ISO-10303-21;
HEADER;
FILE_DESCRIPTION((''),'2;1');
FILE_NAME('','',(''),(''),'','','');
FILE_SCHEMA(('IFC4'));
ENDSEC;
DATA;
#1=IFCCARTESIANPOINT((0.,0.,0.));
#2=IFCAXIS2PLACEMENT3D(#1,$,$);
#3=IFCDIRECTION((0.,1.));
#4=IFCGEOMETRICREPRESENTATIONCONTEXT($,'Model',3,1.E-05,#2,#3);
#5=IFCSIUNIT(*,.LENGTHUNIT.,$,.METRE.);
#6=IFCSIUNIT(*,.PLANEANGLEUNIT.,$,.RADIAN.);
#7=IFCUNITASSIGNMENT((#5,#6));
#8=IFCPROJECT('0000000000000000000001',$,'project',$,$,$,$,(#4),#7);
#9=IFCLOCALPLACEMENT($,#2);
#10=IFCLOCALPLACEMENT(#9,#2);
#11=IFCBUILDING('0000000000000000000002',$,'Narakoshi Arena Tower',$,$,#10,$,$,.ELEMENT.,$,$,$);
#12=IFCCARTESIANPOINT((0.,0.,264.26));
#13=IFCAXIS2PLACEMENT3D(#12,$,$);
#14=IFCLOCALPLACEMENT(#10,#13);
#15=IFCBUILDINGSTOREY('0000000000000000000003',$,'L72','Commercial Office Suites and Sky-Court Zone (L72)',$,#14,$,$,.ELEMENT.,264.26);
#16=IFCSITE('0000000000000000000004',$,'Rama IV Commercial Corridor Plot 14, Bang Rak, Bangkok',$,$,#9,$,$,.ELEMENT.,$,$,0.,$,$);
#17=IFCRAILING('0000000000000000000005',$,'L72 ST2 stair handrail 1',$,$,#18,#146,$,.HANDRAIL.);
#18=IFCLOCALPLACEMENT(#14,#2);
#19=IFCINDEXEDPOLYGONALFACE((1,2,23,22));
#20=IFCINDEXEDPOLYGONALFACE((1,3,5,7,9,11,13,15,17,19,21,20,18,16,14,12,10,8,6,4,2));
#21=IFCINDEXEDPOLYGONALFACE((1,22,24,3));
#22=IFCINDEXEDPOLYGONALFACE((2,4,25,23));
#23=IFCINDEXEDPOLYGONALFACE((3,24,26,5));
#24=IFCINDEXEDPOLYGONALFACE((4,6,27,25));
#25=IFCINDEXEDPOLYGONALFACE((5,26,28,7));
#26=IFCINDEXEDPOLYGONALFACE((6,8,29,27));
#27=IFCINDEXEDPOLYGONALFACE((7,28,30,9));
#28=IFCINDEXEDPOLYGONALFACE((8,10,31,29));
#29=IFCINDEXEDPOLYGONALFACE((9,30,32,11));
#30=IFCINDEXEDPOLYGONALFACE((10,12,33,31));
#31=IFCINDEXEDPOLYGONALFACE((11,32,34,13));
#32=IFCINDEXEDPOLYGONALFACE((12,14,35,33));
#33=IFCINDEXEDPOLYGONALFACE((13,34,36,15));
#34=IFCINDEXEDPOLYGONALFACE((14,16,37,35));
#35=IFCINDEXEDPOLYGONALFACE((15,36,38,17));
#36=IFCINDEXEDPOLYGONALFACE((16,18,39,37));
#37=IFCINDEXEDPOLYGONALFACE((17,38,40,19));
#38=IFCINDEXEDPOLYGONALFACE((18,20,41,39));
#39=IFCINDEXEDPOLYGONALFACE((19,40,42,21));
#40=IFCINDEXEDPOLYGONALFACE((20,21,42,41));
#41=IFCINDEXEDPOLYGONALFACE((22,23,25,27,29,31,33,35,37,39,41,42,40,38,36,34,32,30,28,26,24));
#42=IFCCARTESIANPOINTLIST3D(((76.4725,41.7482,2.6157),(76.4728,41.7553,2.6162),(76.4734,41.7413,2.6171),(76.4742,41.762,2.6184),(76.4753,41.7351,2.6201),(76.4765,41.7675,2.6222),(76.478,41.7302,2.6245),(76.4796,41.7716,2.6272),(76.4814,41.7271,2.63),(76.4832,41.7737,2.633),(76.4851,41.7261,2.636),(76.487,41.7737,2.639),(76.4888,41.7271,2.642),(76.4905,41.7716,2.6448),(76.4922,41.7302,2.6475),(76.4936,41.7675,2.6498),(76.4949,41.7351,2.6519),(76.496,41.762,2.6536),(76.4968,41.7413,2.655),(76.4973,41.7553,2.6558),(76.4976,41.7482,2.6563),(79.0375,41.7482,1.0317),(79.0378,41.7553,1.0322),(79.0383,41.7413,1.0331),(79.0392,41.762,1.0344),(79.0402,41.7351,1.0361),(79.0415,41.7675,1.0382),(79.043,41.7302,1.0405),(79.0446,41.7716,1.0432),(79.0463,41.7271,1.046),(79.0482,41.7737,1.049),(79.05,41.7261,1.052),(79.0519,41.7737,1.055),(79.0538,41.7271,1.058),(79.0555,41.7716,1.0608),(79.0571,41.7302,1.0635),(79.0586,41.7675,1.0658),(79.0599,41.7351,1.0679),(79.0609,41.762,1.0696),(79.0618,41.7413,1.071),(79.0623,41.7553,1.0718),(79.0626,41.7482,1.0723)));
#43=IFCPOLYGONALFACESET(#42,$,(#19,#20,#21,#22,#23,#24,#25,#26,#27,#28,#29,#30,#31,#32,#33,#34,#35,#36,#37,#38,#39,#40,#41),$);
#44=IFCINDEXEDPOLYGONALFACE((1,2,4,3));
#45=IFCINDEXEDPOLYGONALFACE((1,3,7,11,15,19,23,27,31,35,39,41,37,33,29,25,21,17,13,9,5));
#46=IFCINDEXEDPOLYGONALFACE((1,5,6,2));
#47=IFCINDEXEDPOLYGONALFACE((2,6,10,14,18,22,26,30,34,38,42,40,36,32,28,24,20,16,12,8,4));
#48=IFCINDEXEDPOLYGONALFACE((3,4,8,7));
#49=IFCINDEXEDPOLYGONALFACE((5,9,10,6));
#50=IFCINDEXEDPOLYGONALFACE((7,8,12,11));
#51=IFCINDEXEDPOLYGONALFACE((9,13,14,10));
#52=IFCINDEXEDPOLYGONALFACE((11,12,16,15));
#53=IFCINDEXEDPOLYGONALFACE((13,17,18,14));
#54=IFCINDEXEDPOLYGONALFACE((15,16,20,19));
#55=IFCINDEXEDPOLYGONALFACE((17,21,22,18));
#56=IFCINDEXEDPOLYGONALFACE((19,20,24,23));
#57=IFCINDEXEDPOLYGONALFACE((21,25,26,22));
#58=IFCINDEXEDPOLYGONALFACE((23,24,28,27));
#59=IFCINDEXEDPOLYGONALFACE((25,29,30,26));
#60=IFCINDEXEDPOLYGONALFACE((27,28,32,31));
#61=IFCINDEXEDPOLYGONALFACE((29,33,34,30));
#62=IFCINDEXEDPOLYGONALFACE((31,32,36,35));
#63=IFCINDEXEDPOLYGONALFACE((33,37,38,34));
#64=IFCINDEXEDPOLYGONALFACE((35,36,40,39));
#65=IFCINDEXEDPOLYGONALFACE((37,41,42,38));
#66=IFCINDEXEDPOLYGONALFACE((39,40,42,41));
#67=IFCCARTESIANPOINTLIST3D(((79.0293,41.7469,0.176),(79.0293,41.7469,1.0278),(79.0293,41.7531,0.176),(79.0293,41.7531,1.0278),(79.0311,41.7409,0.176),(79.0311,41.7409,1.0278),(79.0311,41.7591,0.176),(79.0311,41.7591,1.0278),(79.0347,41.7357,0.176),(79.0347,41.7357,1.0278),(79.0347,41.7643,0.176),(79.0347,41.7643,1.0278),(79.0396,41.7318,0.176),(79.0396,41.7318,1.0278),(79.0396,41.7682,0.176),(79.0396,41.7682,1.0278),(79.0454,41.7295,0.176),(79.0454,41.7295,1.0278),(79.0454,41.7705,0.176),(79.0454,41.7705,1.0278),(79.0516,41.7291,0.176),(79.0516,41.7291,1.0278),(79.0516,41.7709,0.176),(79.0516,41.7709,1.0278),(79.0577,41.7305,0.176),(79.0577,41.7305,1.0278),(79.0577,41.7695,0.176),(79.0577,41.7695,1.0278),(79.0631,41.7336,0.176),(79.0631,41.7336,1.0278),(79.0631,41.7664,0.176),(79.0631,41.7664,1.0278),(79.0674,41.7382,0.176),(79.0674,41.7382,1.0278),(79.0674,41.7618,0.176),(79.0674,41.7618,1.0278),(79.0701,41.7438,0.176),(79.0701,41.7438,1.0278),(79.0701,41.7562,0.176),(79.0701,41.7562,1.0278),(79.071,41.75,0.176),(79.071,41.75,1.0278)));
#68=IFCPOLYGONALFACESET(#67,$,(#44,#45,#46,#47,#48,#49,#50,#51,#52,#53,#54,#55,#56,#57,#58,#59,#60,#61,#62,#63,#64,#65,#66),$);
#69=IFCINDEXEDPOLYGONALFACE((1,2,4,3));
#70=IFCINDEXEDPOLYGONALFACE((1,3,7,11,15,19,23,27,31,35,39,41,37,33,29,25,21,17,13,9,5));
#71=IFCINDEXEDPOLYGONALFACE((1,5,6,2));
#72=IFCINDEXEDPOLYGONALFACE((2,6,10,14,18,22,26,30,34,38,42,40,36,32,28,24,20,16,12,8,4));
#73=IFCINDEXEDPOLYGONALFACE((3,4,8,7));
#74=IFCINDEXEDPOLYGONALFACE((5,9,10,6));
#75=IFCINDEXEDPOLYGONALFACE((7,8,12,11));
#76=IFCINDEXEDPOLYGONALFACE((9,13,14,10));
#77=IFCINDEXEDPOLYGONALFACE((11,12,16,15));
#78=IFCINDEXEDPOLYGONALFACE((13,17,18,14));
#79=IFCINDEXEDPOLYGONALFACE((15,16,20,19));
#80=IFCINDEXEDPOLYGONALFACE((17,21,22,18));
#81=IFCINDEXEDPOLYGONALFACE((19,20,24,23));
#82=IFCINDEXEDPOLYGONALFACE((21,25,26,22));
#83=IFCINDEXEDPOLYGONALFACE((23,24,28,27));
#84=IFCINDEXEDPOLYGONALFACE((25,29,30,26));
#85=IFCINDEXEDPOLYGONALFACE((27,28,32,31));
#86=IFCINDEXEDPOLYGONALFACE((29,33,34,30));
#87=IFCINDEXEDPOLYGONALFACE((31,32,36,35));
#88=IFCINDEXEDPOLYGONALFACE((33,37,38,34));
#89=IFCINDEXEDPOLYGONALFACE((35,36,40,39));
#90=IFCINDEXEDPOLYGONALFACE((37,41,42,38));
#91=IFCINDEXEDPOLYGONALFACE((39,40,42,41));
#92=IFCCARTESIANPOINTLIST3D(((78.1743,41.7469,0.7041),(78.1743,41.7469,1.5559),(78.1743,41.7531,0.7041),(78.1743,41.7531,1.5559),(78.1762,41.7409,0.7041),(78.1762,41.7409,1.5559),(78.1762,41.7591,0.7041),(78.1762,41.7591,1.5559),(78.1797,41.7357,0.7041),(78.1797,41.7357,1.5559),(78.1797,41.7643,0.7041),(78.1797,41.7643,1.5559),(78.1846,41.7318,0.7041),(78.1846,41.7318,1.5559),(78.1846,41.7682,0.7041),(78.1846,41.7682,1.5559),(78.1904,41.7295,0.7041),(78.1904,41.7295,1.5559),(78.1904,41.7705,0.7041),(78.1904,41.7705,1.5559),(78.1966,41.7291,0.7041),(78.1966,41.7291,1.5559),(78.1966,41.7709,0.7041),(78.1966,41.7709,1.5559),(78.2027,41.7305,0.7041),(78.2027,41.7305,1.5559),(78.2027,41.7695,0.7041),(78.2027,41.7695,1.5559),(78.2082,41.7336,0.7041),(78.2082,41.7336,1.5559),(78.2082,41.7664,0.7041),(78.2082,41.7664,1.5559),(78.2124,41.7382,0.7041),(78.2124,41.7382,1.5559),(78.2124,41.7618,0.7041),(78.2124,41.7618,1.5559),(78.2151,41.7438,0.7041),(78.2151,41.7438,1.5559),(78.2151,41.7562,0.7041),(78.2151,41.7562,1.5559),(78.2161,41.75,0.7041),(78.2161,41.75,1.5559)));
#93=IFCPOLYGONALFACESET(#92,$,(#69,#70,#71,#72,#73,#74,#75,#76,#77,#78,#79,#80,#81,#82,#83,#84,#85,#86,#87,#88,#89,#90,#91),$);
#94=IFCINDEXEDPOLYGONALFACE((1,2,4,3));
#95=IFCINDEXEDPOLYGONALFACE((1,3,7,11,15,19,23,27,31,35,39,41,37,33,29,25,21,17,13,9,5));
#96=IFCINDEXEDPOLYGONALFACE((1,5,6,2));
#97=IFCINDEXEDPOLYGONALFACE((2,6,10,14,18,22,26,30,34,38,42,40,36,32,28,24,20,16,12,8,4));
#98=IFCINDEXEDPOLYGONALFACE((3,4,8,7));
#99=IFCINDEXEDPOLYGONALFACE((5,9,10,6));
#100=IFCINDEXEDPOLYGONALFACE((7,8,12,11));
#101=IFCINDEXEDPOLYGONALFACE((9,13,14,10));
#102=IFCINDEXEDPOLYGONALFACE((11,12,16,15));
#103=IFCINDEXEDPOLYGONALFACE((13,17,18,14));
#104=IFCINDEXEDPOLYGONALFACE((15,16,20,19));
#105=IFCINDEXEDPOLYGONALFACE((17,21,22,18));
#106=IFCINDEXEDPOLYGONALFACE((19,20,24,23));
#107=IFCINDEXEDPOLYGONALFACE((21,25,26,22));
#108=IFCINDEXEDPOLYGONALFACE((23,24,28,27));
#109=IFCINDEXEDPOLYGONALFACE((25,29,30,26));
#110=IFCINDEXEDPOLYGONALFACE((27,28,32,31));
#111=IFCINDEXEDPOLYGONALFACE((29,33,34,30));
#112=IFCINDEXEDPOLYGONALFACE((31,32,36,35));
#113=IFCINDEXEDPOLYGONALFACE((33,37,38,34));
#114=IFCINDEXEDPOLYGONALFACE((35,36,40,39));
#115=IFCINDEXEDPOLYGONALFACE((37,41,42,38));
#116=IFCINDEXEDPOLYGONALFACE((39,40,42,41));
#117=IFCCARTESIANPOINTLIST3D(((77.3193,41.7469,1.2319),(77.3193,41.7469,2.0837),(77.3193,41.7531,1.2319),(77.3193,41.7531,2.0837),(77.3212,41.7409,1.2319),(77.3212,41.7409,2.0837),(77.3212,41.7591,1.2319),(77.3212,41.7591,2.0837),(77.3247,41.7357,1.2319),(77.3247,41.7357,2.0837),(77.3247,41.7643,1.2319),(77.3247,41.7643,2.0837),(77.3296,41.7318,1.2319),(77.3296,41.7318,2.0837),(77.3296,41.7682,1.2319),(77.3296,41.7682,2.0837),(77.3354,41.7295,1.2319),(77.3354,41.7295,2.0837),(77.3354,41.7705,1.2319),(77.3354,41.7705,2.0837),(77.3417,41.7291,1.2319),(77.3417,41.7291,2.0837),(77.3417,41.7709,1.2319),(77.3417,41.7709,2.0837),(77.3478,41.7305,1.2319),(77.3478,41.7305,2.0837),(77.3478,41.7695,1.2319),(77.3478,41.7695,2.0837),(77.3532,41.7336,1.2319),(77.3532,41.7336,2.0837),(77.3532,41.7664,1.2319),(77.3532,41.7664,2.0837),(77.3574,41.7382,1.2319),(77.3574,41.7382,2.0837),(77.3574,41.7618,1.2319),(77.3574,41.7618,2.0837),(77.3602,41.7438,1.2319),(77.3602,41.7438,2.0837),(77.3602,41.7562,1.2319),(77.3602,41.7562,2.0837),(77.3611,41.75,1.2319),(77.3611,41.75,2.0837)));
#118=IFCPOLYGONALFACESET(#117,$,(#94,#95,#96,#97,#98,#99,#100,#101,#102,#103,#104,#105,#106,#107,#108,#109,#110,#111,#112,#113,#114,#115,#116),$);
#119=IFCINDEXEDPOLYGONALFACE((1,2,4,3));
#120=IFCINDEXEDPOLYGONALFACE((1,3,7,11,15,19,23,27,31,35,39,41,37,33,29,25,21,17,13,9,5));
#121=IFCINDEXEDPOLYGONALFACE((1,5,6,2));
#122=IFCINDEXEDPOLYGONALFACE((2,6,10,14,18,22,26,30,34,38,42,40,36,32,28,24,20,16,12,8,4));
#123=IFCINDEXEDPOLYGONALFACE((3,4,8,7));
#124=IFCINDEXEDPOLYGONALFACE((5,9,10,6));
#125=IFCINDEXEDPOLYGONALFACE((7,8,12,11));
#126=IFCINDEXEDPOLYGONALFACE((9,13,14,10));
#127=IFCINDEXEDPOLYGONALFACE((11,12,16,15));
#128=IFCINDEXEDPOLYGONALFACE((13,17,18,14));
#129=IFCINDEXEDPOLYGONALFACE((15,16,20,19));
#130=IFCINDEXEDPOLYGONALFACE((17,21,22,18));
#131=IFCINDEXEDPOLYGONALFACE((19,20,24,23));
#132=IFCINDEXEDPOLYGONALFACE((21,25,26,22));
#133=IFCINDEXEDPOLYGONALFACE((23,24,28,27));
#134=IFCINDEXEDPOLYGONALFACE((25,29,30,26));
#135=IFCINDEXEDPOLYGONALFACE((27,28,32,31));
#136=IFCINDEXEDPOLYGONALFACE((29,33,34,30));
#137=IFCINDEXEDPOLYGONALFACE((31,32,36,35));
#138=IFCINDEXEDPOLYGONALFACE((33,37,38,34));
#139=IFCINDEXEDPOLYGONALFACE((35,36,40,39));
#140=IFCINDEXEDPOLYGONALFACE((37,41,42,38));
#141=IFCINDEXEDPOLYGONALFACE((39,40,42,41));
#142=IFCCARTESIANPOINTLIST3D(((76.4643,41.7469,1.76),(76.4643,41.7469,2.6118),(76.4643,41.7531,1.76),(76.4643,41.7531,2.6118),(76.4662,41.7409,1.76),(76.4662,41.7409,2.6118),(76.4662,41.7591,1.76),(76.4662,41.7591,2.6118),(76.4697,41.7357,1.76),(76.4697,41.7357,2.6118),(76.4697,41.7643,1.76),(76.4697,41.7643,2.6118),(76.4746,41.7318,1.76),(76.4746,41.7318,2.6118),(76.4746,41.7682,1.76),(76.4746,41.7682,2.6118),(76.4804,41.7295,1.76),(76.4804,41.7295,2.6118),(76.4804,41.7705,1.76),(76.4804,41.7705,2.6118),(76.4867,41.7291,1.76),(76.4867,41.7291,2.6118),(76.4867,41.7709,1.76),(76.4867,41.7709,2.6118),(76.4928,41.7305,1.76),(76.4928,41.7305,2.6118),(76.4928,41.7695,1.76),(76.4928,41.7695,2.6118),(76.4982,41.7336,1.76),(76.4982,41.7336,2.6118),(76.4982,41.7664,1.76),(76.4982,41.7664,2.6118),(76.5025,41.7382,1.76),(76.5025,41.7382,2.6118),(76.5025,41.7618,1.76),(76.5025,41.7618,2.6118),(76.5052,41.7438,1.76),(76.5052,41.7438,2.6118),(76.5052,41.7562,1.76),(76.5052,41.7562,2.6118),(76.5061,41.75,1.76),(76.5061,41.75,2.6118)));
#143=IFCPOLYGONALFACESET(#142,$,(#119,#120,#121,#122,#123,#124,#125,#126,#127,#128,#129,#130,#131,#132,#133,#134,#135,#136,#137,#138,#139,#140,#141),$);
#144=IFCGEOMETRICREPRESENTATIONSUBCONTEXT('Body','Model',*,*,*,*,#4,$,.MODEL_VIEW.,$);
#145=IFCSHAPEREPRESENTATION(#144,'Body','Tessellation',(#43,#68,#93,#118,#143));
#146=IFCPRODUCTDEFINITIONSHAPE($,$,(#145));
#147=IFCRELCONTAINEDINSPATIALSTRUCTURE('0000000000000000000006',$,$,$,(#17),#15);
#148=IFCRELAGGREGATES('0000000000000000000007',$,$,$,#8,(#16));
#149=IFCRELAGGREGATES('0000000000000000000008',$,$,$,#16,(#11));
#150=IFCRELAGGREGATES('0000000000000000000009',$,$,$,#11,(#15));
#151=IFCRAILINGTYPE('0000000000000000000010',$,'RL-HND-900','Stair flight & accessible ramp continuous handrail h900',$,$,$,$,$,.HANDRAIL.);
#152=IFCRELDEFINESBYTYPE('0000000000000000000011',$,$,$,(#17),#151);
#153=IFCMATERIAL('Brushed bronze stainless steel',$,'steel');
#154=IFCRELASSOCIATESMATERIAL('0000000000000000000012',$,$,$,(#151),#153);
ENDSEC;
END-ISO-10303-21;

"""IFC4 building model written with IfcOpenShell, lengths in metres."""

from ifc_helpers import new_model, si_unit, direction, frame, origin, origin_2d, place, context, subcontext, project, spatial, circle, extrude, material, type_object, element, save


model = new_model("IFC4")

# Units and contexts
model_context = context("Model", 3, precision=1e-05, world=origin(), true_north=direction((0.0, 1.0)))
body_context = subcontext(model_context, "Body", "Model", "MODEL_VIEW")
ifc_project = project(units=[si_unit("LENGTHUNIT", "METRE"), si_unit("PLANEANGLEUNIT", "RADIAN")], contexts=[model_context])

# Site, building, storey
site_placement = place(None, origin())
site = spatial("IfcSite", under=ifc_project, at=site_placement, Name="Rama IV Commercial Corridor Plot 14, Bang Rak, Bangkok", CompositionType="ELEMENT", RefElevation=0.0)
building_placement = place(site_placement, origin())
building = spatial("IfcBuilding", under=site, at=building_placement, Name="Narakoshi Arena Tower", CompositionType="ELEMENT")
storey_placement = place(building_placement, frame((0.0, 0.0, 264.26)))
storey = spatial("IfcBuildingStorey", under=building, at=storey_placement, Name="L72", Description="Commercial Office Suites and Sky-Court Zone (L72)", CompositionType="ELEMENT", Elevation=264.26)

# Railing
ifc_material_1 = material(Name="Brushed bronze stainless steel", Category="steel")
railing_type_1 = type_object("IfcRailingType", Name="RL-HND-900", Description="Stair flight & accessible ramp continuous handrail h900", PredefinedType="HANDRAIL", material=ifc_material_1)
railing_1_placement = place(storey_placement, frame((79.05, 41.75, 0.176)))
element("IfcRailing", 1, at=railing_1_placement, inside=storey, type_object=railing_type_1, Name="L72 ST2 stair handrail 1", PredefinedType="HANDRAIL", context=body_context, shape_type="SweptSolid", body=[
    extrude(circle(Radius=0.0239, at=origin_2d()), frame((0.0, 0.0, 0.876), z_axis=(-0.850834, 0.0, 0.525434), x_axis=(0.0, -1.0, 0.0)), (0.0, 0.0, 1.0), 3.0146),
    extrude(circle(Radius=0.021, at=origin_2d()), origin(), (0.0, 0.0, 1.0), 0.8518),
    extrude(circle(Radius=0.021, at=origin_2d()), frame((-0.855, 0.0, 0.5281)), (0.0, 0.0, 1.0), 0.8518),
    extrude(circle(Radius=0.021, at=origin_2d()), frame((-1.71, 0.0, 1.0559)), (0.0, 0.0, 1.0), 0.8518),
    extrude(circle(Radius=0.021, at=origin_2d()), frame((-2.5649, 0.0, 1.584)), (0.0, 0.0, 1.0), 0.8518),
])

save(model, "model.ifc")
